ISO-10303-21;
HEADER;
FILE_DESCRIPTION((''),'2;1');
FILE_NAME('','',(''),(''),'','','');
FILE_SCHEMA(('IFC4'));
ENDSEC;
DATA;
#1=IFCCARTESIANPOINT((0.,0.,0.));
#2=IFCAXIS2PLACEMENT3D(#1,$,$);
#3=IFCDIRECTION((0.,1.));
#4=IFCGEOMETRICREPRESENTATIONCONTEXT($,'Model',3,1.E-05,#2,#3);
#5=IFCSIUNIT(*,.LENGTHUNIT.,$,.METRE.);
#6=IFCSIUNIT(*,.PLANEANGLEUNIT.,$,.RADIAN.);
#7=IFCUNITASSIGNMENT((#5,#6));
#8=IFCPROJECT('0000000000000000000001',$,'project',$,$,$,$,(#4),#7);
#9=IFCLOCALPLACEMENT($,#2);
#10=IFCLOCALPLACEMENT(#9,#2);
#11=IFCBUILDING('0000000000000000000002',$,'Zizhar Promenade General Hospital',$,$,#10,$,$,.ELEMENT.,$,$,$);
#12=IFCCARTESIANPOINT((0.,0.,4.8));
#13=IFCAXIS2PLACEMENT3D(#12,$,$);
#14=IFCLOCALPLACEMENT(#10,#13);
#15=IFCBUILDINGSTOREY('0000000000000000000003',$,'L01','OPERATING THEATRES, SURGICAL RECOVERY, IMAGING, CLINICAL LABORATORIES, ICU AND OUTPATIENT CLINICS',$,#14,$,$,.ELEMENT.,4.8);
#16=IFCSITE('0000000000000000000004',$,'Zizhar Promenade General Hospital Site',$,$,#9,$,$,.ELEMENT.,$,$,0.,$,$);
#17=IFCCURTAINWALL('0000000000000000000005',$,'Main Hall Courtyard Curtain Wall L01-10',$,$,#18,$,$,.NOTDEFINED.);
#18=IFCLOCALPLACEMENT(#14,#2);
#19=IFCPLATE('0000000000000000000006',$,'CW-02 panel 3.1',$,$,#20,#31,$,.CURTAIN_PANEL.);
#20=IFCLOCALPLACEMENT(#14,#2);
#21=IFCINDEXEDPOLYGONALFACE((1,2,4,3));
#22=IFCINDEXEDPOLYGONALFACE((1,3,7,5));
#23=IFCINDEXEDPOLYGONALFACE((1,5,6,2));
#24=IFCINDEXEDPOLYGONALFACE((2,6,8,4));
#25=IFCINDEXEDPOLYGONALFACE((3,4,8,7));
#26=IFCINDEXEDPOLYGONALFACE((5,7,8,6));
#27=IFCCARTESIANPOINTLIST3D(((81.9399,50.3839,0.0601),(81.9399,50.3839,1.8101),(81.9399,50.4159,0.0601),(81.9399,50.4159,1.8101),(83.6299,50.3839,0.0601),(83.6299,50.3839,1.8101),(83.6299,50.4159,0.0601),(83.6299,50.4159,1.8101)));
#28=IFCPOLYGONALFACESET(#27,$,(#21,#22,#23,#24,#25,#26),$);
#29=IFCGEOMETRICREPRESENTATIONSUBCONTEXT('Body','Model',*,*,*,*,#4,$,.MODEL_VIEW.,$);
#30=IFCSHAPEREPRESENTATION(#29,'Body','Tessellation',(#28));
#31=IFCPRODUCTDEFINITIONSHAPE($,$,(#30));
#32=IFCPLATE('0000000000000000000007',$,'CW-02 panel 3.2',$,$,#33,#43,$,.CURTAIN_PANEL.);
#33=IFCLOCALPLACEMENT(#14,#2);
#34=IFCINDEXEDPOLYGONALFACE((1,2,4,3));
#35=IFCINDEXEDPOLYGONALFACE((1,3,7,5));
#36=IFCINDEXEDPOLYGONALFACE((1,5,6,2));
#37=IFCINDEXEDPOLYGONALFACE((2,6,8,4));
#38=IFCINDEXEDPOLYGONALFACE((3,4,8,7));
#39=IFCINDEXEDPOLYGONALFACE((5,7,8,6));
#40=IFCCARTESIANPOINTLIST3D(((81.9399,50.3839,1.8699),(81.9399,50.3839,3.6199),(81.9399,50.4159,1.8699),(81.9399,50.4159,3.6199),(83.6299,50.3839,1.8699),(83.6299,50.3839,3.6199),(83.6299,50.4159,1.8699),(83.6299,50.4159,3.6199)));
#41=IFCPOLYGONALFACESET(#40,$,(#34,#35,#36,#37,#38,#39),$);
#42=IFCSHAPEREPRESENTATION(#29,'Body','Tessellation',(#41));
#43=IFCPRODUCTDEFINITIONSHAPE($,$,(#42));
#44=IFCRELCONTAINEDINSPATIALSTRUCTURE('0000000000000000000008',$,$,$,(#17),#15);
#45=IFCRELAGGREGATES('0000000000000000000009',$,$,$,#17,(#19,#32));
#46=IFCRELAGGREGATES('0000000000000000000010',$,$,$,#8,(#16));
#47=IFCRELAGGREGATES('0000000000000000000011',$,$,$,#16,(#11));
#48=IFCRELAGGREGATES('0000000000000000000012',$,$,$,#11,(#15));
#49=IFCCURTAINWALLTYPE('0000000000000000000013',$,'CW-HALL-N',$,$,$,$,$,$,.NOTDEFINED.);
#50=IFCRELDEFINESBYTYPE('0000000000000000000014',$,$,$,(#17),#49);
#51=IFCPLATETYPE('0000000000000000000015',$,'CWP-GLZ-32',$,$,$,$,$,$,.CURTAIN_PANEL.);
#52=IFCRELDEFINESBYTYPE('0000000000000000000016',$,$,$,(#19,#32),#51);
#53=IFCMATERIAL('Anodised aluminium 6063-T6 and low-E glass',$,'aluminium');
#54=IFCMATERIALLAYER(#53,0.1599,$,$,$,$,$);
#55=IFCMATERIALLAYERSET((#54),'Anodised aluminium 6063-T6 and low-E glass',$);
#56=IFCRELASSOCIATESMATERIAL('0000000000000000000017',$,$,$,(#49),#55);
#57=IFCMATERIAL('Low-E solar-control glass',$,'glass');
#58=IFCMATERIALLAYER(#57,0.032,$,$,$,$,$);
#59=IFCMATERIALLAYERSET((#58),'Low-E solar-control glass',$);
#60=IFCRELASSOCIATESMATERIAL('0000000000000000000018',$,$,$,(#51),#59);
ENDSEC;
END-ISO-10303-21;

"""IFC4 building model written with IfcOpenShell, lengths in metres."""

from ifc_helpers import new_model, si_unit, direction, frame, origin, origin_2d, place, context, subcontext, project, spatial, rectangle, extrude, material, layer, layer_set, type_object, element, aggregate, save


model = new_model("IFC4")

# Units and contexts
model_context = context("Model", 3, precision=1e-05, world=origin(), true_north=direction((0.0, 1.0)))
body_context = subcontext(model_context, "Body", "Model", "MODEL_VIEW")
ifc_project = project(units=[si_unit("LENGTHUNIT", "METRE"), si_unit("PLANEANGLEUNIT", "RADIAN")], contexts=[model_context])

# Site, building, storey
site_placement = place(None, origin())
site = spatial("IfcSite", under=ifc_project, at=site_placement, Name="Zizhar Promenade General Hospital Site", CompositionType="ELEMENT", RefElevation=0.0)
building_placement = place(site_placement, origin())
building = spatial("IfcBuilding", under=site, at=building_placement, Name="Zizhar Promenade General Hospital", CompositionType="ELEMENT")
storey_placement = place(building_placement, frame((0.0, 0.0, 4.8)))
storey = spatial("IfcBuildingStorey", under=building, at=storey_placement, Name="L01", Description="OPERATING THEATRES, SURGICAL RECOVERY, IMAGING, CLINICAL LABORATORIES, ICU AND OUTPATIENT CLINICS", CompositionType="ELEMENT", Elevation=4.8)

# Shared definitions
ifc_material_1 = material(Name="Anodised aluminium 6063-T6 and low-E glass", Category="aluminium")
ifc_layer_1 = layer(ifc_material_1, 0.1599)
ifc_layer_set_1 = layer_set([ifc_layer_1], Name="Anodised aluminium 6063-T6 and low-E glass")
curtain_wall_type = type_object("IfcCurtainWallType", Name="CW-HALL-N", PredefinedType="NOTDEFINED", material=ifc_layer_set_1)

# Curtain wall
curtain_wall_1_placement = place(storey_placement, origin())
curtain_wall_1 = element("IfcCurtainWall", 1, at=curtain_wall_1_placement, inside=storey, type_object=curtain_wall_type, Name="Main Hall Courtyard Curtain Wall L01-10", PredefinedType="NOTDEFINED")

# Plates
ifc_material_2 = material(Name="Low-E solar-control glass", Category="glass")
ifc_layer_2 = layer(ifc_material_2, 0.032)
ifc_layer_set_2 = layer_set([ifc_layer_2], Name="Low-E solar-control glass")
plate_type = type_object("IfcPlateType", Name="CWP-GLZ-32", PredefinedType="CURTAIN_PANEL", material=ifc_layer_set_2)
plate_1_placement = place(storey_placement, frame((82.7849, 50.3999, 0.0601), z_axis=(0.0, 0.0, 1.0), x_axis=(1.0, 0.0, 0.0)))
plate_1 = element("IfcPlate", 2, at=plate_1_placement, type_object=plate_type, Name="CW-02 panel 3.1", PredefinedType="CURTAIN_PANEL", context=body_context, shape_type="SweptSolid", body=[
    extrude(rectangle(XDim=1.6899, YDim=0.032, at=origin_2d()), origin(), (0.0, 0.0, 1.0), 1.75),
])
plate_2_placement = place(storey_placement, frame((82.7849, 50.3999, 1.8699), z_axis=(0.0, 0.0, 1.0), x_axis=(1.0, 0.0, 0.0)))
plate_2 = element("IfcPlate", 3, at=plate_2_placement, type_object=plate_type, Name="CW-02 panel 3.2", PredefinedType="CURTAIN_PANEL", context=body_context, shape_type="SweptSolid", body=[
    extrude(rectangle(XDim=1.6899, YDim=0.032, at=origin_2d()), origin(), (0.0, 0.0, 1.0), 1.75),
])
aggregate(curtain_wall_1, [plate_1, plate_2])

save(model, "model.ifc")
